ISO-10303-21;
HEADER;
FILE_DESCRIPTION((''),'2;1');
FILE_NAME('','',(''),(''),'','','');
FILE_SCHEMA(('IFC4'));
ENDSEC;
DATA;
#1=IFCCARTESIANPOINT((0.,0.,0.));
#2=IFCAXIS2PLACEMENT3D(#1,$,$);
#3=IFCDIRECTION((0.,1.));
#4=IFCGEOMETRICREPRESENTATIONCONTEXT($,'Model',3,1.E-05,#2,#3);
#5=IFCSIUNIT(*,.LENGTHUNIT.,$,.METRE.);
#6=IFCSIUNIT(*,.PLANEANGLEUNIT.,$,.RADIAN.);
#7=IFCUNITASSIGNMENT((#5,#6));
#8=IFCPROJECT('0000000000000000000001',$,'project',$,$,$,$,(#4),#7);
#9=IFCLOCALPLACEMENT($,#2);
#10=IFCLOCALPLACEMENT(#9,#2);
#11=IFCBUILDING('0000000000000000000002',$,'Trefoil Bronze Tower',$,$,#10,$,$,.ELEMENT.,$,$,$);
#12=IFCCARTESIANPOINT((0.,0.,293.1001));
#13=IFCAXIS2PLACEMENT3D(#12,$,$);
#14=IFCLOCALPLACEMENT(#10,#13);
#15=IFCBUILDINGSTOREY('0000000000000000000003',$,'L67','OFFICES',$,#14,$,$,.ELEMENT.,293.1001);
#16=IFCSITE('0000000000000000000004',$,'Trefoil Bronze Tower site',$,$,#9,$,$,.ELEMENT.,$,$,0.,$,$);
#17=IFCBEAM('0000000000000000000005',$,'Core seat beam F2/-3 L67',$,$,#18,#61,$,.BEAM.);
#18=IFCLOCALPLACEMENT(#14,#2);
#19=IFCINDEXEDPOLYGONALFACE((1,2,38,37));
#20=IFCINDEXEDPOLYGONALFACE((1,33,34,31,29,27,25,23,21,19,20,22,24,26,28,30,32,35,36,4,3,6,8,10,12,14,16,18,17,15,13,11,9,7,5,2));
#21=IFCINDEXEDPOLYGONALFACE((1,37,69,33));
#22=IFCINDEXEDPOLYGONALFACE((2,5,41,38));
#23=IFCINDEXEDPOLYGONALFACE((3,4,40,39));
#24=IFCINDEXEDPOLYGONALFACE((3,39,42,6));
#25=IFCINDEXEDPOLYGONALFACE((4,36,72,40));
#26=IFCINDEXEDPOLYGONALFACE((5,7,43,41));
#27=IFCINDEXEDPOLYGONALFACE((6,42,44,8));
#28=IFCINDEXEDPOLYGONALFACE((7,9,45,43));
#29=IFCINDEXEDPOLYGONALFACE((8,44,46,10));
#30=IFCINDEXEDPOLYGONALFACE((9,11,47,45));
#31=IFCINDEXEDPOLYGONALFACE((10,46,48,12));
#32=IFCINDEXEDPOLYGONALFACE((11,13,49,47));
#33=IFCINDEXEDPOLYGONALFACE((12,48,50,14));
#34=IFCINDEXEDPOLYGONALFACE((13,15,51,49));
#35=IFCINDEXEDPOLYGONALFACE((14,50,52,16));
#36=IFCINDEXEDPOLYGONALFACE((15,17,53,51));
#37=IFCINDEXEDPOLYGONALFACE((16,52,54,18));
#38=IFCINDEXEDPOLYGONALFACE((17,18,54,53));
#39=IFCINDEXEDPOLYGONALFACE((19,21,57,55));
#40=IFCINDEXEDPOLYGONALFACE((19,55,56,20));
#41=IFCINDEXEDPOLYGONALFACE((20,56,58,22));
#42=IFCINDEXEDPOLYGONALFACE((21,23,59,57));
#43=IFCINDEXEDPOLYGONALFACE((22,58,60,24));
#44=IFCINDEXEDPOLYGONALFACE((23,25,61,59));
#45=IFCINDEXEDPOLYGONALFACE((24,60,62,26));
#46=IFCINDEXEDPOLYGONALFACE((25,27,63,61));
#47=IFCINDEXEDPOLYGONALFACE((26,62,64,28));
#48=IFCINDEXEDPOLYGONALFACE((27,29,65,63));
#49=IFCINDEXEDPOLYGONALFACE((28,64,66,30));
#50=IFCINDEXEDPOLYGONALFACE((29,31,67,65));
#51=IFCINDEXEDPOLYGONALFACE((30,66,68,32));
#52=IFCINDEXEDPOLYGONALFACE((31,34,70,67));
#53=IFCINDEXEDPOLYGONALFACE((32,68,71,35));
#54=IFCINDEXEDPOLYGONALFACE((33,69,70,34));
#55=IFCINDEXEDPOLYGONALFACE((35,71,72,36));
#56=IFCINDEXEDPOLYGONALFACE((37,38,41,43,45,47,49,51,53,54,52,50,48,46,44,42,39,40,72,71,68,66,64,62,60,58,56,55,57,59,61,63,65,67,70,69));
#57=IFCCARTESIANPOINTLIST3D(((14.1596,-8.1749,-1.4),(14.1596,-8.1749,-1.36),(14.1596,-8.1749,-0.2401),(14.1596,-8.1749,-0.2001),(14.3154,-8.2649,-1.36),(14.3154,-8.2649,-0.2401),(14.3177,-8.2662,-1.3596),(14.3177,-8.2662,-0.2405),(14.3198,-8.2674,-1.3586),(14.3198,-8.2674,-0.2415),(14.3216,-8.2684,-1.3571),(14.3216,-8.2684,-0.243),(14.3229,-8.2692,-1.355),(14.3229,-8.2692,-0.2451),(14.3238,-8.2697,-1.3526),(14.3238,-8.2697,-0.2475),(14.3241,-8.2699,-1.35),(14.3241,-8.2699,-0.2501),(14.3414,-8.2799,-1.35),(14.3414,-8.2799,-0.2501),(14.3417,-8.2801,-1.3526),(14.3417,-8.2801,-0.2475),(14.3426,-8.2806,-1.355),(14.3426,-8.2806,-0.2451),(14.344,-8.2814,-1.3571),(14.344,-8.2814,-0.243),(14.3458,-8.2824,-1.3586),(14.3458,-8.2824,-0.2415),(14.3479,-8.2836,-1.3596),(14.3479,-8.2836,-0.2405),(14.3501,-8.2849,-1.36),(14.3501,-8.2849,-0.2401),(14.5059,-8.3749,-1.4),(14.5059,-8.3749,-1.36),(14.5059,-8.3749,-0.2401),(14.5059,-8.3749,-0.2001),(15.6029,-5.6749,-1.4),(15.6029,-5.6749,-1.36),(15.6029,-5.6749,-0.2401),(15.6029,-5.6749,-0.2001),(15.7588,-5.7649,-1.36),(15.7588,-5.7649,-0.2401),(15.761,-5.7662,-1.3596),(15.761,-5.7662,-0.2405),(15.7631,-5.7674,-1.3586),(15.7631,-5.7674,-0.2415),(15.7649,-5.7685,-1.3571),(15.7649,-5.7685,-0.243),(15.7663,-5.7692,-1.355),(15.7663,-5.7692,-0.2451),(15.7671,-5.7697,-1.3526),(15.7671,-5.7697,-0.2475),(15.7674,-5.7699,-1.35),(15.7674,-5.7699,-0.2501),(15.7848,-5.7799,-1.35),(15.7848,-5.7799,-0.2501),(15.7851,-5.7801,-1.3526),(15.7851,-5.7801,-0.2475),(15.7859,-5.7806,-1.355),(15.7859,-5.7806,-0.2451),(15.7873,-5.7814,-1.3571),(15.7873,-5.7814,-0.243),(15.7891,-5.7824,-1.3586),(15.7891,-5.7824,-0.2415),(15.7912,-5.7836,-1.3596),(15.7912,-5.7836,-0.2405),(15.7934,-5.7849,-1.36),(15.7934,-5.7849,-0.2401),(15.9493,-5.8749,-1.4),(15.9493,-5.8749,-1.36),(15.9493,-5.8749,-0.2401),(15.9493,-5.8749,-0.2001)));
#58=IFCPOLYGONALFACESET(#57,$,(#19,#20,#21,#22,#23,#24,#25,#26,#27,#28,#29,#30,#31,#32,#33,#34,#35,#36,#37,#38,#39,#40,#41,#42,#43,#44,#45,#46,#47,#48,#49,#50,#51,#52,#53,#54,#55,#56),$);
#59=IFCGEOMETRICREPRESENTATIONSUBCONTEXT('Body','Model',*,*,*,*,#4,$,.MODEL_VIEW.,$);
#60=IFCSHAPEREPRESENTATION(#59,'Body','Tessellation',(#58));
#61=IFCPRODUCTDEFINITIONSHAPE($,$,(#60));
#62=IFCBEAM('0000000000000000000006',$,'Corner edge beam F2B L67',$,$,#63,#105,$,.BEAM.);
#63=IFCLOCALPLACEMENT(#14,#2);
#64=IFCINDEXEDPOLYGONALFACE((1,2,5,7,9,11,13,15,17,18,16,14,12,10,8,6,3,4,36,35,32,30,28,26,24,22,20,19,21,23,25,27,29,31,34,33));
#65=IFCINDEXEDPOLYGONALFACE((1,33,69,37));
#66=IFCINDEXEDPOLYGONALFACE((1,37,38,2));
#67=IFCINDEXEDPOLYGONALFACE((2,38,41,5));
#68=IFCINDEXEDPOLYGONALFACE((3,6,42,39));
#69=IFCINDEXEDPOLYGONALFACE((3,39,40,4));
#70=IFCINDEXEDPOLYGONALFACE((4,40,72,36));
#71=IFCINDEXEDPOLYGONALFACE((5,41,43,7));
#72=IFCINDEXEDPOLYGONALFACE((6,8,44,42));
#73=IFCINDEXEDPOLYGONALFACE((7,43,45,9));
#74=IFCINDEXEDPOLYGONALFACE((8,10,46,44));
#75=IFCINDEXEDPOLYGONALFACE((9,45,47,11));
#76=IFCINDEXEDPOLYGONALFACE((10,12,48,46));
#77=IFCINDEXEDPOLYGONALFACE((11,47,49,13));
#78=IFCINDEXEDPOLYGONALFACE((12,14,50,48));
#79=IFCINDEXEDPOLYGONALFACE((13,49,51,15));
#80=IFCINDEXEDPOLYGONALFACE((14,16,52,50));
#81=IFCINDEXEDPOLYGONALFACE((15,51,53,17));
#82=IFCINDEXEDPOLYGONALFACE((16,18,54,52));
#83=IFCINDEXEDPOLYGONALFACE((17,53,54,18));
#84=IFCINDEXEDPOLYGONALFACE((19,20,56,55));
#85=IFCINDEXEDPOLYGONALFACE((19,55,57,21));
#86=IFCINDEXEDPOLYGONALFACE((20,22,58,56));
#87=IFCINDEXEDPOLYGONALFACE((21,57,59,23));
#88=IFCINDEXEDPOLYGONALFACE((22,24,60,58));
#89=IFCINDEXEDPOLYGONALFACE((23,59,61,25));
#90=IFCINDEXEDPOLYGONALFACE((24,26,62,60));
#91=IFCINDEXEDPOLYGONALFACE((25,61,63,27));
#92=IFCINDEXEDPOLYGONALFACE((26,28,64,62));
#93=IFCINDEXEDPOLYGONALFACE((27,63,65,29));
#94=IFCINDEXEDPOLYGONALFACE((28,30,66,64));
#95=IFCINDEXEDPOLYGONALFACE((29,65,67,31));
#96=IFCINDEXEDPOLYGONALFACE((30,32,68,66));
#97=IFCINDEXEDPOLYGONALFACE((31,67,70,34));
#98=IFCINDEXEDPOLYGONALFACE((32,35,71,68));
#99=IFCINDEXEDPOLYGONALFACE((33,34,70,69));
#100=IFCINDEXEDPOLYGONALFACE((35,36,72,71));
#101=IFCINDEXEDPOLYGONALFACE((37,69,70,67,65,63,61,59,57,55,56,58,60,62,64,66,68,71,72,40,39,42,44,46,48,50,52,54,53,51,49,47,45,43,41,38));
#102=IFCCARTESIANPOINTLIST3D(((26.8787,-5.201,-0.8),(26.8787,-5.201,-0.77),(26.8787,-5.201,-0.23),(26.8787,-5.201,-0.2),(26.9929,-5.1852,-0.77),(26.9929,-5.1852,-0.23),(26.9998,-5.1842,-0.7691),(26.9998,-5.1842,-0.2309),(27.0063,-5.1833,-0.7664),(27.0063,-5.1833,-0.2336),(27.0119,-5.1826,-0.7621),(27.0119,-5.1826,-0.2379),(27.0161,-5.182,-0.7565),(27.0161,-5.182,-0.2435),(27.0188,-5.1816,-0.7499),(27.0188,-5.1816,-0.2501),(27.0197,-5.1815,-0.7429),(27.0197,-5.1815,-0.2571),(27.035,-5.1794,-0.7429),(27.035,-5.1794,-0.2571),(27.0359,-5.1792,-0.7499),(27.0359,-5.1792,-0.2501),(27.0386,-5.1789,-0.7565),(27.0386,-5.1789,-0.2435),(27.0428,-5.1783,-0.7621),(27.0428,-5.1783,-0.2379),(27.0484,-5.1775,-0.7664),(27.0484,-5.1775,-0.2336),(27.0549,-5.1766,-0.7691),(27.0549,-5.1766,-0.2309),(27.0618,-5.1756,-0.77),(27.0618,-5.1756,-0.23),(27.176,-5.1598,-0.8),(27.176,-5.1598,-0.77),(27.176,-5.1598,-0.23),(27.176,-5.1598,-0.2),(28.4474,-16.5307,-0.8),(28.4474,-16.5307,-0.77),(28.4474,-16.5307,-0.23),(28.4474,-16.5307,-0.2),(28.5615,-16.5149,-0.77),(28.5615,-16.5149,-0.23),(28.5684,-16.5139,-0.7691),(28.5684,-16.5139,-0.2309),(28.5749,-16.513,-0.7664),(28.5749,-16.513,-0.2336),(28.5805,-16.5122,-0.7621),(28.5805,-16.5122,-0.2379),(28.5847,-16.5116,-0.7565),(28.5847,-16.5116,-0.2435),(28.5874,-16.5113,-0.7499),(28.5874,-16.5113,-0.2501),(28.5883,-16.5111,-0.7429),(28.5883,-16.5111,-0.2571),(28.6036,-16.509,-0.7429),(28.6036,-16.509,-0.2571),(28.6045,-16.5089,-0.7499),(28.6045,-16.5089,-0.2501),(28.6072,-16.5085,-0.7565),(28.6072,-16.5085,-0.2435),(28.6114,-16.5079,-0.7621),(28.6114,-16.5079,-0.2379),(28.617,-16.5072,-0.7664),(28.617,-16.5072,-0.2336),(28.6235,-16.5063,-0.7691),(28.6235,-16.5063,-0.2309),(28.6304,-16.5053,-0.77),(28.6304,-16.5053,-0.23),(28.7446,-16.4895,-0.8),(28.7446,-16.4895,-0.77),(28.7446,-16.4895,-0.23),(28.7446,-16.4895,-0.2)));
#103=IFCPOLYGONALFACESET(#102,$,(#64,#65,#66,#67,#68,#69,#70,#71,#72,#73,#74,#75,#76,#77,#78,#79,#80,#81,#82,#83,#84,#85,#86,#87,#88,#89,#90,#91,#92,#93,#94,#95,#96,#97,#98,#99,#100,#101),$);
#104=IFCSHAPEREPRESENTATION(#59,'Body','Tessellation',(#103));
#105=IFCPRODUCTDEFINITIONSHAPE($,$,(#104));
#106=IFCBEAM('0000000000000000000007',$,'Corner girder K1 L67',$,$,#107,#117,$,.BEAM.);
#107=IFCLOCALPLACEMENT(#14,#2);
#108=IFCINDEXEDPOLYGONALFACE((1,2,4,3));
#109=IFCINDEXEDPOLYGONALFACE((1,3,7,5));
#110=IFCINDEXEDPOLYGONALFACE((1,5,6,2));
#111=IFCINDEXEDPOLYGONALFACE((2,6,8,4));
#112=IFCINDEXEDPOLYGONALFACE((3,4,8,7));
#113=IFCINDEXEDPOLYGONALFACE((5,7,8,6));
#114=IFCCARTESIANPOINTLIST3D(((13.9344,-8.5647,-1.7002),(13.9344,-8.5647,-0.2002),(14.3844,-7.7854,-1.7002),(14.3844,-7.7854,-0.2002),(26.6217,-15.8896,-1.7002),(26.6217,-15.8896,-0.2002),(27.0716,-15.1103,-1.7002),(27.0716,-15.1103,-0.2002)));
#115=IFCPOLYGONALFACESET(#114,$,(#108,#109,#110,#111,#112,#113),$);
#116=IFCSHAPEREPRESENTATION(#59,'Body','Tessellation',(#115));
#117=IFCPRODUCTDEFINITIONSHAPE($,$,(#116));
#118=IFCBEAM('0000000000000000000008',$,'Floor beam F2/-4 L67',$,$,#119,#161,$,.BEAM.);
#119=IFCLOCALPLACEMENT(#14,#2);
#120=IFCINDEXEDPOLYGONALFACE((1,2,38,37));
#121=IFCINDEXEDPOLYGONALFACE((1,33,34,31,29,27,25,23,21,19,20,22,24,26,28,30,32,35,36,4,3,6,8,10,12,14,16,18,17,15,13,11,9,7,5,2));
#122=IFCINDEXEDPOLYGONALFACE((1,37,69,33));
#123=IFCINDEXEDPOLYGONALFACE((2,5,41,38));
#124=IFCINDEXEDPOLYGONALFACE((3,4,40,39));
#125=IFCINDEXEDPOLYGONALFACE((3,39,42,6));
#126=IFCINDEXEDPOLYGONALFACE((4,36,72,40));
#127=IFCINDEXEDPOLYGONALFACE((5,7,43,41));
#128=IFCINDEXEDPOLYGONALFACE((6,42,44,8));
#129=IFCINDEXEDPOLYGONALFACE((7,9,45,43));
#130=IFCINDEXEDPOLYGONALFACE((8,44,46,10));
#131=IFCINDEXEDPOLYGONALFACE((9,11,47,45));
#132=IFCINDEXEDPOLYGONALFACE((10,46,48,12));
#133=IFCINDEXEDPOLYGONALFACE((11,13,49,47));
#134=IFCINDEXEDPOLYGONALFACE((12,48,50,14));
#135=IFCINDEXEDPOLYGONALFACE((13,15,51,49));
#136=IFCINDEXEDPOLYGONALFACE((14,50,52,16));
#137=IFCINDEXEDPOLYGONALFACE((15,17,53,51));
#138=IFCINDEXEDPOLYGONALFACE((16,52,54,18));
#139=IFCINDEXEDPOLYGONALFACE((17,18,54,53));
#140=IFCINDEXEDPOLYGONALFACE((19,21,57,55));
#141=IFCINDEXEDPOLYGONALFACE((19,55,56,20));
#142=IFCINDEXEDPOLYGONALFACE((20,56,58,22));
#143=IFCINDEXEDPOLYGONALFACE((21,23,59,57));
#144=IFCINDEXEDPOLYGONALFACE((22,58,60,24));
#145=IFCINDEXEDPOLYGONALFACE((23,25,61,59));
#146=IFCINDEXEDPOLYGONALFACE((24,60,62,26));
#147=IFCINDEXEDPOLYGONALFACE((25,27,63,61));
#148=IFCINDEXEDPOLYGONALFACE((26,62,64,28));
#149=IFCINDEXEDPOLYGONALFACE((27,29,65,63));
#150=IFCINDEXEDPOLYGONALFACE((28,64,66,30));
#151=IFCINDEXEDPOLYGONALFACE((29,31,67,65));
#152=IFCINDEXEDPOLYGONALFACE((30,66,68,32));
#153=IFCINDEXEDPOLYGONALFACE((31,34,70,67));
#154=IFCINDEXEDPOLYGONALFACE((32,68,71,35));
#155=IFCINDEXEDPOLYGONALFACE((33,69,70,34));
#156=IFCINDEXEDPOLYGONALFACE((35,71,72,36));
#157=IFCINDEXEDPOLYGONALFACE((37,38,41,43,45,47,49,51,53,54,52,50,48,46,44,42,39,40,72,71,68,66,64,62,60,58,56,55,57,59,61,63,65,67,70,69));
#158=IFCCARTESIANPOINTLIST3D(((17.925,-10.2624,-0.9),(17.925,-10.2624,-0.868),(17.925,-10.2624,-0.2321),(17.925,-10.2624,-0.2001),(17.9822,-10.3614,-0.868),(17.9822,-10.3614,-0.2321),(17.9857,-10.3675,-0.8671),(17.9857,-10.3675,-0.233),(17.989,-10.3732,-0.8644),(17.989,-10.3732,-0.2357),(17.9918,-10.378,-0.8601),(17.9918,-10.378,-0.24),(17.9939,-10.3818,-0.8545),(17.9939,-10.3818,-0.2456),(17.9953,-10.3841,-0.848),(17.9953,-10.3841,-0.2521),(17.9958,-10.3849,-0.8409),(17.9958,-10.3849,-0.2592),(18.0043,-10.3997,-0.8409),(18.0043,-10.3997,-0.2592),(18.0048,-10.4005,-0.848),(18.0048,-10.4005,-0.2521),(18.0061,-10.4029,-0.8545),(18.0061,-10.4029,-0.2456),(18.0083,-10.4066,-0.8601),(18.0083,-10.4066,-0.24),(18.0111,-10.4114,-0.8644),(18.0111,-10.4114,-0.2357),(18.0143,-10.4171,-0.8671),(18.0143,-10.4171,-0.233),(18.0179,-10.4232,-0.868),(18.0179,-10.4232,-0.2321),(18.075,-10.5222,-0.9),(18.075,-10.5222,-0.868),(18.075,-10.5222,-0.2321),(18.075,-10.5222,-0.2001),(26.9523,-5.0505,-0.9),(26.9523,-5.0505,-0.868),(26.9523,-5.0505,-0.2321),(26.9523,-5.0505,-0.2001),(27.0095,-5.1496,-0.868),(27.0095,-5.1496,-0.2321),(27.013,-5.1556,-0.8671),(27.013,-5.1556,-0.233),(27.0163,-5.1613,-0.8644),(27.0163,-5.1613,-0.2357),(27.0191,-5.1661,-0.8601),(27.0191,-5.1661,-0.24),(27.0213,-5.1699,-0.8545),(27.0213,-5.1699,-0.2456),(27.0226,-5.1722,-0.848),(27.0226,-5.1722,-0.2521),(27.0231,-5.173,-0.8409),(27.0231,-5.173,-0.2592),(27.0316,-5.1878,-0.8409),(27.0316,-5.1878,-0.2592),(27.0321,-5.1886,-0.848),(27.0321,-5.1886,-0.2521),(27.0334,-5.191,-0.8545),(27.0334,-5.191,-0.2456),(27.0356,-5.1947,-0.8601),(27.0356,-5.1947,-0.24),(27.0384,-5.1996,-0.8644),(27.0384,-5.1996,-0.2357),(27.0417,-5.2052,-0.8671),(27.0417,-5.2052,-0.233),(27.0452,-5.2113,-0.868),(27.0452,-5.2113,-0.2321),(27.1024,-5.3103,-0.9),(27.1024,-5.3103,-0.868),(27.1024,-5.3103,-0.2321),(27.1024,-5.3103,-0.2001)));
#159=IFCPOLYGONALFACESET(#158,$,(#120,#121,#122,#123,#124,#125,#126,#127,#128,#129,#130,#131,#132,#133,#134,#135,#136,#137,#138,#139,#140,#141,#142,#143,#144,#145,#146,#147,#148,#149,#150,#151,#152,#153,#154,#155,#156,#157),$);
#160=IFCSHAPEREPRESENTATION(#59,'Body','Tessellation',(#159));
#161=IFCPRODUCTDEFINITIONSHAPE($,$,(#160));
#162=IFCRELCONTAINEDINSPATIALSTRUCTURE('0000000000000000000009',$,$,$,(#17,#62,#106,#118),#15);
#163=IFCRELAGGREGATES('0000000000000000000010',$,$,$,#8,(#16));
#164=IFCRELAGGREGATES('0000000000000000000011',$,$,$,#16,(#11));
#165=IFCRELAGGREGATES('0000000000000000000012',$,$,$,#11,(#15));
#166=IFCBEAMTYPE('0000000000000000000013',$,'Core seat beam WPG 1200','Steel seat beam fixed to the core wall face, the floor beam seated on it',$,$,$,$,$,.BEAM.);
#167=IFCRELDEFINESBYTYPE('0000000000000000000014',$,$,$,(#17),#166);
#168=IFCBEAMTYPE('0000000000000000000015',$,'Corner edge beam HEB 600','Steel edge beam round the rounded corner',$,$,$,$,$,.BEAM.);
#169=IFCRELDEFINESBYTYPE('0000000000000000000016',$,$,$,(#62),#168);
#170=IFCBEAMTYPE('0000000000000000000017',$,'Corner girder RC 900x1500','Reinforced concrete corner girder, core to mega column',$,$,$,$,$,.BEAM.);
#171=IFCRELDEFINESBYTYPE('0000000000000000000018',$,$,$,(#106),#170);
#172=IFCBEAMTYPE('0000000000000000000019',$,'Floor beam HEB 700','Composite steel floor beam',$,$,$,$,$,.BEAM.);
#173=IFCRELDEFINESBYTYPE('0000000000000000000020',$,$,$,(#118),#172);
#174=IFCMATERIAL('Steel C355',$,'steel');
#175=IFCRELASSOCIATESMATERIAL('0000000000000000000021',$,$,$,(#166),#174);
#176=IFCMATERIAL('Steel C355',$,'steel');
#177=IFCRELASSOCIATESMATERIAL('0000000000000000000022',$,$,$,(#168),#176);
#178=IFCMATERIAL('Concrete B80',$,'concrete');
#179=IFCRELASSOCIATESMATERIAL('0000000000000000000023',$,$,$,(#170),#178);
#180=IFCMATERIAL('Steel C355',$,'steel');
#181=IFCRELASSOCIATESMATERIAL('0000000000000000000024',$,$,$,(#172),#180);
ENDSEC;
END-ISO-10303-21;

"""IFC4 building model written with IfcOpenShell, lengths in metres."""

from ifc_helpers import new_model, si_unit, direction, frame, origin, origin_2d, place, context, subcontext, project, spatial, rectangle, i_section, extrude, material, material_profile, profile_set, type_object, element, save


model = new_model("IFC4")

# Units and contexts
model_context = context("Model", 3, precision=1e-05, world=origin(), true_north=direction((0.0, 1.0)))
body_context = subcontext(model_context, "Body", "Model", "MODEL_VIEW")
ifc_project = project(units=[si_unit("LENGTHUNIT", "METRE"), si_unit("PLANEANGLEUNIT", "RADIAN")], contexts=[model_context])

# Site, building, storey
site_placement = place(None, origin())
site = spatial("IfcSite", under=ifc_project, at=site_placement, Name="Trefoil Bronze Tower site", CompositionType="ELEMENT", RefElevation=0.0)
building_placement = place(site_placement, origin())
building = spatial("IfcBuilding", under=site, at=building_placement, Name="Trefoil Bronze Tower", CompositionType="ELEMENT")
storey_placement = place(building_placement, frame((0.0, 0.0, 293.1001)))
storey = spatial("IfcBuildingStorey", under=building, at=storey_placement, Name="L67", Description="OFFICES", CompositionType="ELEMENT", Elevation=293.1001)

# Beams
ifc_material_1 = material(Name="Steel C355", Category="steel")
ifc_material_profile_1 = material_profile(ifc_material_1, i_section(OverallWidth=0.3999, OverallDepth=1.2, WebThickness=0.02, FlangeThickness=0.04, FilletRadius=0.01, at=origin_2d()), Name="WPG 1200")
ifc_profile_set_1 = profile_set([ifc_material_profile_1], Name="Steel C355")
beam_type_1 = type_object("IfcBeamType", Name="Core seat beam WPG 1200", Description="Steel seat beam fixed to the core wall face, the floor beam seated on it", PredefinedType="BEAM", material=ifc_profile_set_1)
beam_1_placement = place(storey_placement, frame((14.3328, -8.2749, -0.8), z_axis=(0.499996, 0.866028, 0.0), x_axis=(-0.866028, 0.499996, 0.0)))
element("IfcBeam", 1, at=beam_1_placement, inside=storey, type_object=beam_type_1, Name="Core seat beam F2/-3 L67", PredefinedType="BEAM", context=body_context, shape_type="SweptSolid", body=[
    extrude(i_section(OverallWidth=0.3999, OverallDepth=1.2, WebThickness=0.02, FlangeThickness=0.04, FilletRadius=0.01, at=origin_2d()), origin(), (0.0, 0.0, 1.0), 2.8867),
])
ifc_material_2 = material(Name="Steel C355", Category="steel")
ifc_material_profile_2 = material_profile(ifc_material_2, i_section(OverallWidth=0.3, OverallDepth=0.6001, WebThickness=0.0154, FlangeThickness=0.03, FilletRadius=0.0271, at=origin_2d()), Name="HEB 600")
ifc_profile_set_2 = profile_set([ifc_material_profile_2], Name="Steel C355")
beam_type_2 = type_object("IfcBeamType", Name="Corner edge beam HEB 600", Description="Steel edge beam round the rounded corner", PredefinedType="BEAM", material=ifc_profile_set_2)
beam_2_placement = place(storey_placement, frame((27.0273, -5.1804, -0.5), z_axis=(0.137144, -0.990551, 0.0), x_axis=(0.990551, 0.137144, 0.0)))
element("IfcBeam", 2, at=beam_2_placement, inside=storey, type_object=beam_type_2, Name="Corner edge beam F2B L67", PredefinedType="BEAM", context=body_context, shape_type="SweptSolid", body=[
    extrude(i_section(OverallWidth=0.3, OverallDepth=0.6001, WebThickness=0.0154, FlangeThickness=0.03, FilletRadius=0.0271, at=origin_2d()), origin(), (0.0, 0.0, 1.0), 11.4377),
])
ifc_material_3 = material(Name="Concrete B80", Category="concrete")
ifc_material_profile_3 = material_profile(ifc_material_3, rectangle(XDim=0.8999, YDim=1.5, at=origin_2d()), Name="RC 900x1500")
ifc_profile_set_3 = profile_set([ifc_material_profile_3], Name="Concrete B80")
beam_type_3 = type_object("IfcBeamType", Name="Corner girder RC 900x1500", Description="Reinforced concrete corner girder, core to mega column", PredefinedType="BEAM", material=ifc_profile_set_3)
beam_3_placement = place(storey_placement, frame((14.1594, -8.175, -0.9502), z_axis=(0.866027, -0.499998, 0.0), x_axis=(0.499998, 0.866027, 0.0)))
element("IfcBeam", 3, at=beam_3_placement, inside=storey, type_object=beam_type_3, Name="Corner girder K1 L67", PredefinedType="BEAM", context=body_context, shape_type="SweptSolid", body=[
    extrude(rectangle(XDim=0.8999, YDim=1.5, at=origin_2d()), origin(), (0.0, 0.0, 1.0), 14.6499),
])
ifc_material_4 = material(Name="Steel C355", Category="steel")
ifc_material_profile_4 = material_profile(ifc_material_4, i_section(OverallWidth=0.3, OverallDepth=0.7, WebThickness=0.0171, FlangeThickness=0.032, FilletRadius=0.0271, at=origin_2d()), Name="HEB 700")
ifc_profile_set_4 = profile_set([ifc_material_profile_4], Name="Steel C355")
beam_type_4 = type_object("IfcBeamType", Name="Floor beam HEB 700", Description="Composite steel floor beam", PredefinedType="BEAM", material=ifc_profile_set_4)
beam_4_placement = place(storey_placement, frame((27.0273, -5.1804, -0.55), z_axis=(-0.866026, -0.499998, 0.0), x_axis=(0.499998, -0.866026, 0.0)))
element("IfcBeam", 4, at=beam_4_placement, inside=storey, type_object=beam_type_4, Name="Floor beam F2/-4 L67", PredefinedType="BEAM", context=body_context, shape_type="SweptSolid", body=[
    extrude(i_section(OverallWidth=0.3, OverallDepth=0.7, WebThickness=0.0171, FlangeThickness=0.032, FilletRadius=0.0271, at=origin_2d()), origin(), (0.0, 0.0, 1.0), 10.4238),
])

save(model, "model.ifc")
